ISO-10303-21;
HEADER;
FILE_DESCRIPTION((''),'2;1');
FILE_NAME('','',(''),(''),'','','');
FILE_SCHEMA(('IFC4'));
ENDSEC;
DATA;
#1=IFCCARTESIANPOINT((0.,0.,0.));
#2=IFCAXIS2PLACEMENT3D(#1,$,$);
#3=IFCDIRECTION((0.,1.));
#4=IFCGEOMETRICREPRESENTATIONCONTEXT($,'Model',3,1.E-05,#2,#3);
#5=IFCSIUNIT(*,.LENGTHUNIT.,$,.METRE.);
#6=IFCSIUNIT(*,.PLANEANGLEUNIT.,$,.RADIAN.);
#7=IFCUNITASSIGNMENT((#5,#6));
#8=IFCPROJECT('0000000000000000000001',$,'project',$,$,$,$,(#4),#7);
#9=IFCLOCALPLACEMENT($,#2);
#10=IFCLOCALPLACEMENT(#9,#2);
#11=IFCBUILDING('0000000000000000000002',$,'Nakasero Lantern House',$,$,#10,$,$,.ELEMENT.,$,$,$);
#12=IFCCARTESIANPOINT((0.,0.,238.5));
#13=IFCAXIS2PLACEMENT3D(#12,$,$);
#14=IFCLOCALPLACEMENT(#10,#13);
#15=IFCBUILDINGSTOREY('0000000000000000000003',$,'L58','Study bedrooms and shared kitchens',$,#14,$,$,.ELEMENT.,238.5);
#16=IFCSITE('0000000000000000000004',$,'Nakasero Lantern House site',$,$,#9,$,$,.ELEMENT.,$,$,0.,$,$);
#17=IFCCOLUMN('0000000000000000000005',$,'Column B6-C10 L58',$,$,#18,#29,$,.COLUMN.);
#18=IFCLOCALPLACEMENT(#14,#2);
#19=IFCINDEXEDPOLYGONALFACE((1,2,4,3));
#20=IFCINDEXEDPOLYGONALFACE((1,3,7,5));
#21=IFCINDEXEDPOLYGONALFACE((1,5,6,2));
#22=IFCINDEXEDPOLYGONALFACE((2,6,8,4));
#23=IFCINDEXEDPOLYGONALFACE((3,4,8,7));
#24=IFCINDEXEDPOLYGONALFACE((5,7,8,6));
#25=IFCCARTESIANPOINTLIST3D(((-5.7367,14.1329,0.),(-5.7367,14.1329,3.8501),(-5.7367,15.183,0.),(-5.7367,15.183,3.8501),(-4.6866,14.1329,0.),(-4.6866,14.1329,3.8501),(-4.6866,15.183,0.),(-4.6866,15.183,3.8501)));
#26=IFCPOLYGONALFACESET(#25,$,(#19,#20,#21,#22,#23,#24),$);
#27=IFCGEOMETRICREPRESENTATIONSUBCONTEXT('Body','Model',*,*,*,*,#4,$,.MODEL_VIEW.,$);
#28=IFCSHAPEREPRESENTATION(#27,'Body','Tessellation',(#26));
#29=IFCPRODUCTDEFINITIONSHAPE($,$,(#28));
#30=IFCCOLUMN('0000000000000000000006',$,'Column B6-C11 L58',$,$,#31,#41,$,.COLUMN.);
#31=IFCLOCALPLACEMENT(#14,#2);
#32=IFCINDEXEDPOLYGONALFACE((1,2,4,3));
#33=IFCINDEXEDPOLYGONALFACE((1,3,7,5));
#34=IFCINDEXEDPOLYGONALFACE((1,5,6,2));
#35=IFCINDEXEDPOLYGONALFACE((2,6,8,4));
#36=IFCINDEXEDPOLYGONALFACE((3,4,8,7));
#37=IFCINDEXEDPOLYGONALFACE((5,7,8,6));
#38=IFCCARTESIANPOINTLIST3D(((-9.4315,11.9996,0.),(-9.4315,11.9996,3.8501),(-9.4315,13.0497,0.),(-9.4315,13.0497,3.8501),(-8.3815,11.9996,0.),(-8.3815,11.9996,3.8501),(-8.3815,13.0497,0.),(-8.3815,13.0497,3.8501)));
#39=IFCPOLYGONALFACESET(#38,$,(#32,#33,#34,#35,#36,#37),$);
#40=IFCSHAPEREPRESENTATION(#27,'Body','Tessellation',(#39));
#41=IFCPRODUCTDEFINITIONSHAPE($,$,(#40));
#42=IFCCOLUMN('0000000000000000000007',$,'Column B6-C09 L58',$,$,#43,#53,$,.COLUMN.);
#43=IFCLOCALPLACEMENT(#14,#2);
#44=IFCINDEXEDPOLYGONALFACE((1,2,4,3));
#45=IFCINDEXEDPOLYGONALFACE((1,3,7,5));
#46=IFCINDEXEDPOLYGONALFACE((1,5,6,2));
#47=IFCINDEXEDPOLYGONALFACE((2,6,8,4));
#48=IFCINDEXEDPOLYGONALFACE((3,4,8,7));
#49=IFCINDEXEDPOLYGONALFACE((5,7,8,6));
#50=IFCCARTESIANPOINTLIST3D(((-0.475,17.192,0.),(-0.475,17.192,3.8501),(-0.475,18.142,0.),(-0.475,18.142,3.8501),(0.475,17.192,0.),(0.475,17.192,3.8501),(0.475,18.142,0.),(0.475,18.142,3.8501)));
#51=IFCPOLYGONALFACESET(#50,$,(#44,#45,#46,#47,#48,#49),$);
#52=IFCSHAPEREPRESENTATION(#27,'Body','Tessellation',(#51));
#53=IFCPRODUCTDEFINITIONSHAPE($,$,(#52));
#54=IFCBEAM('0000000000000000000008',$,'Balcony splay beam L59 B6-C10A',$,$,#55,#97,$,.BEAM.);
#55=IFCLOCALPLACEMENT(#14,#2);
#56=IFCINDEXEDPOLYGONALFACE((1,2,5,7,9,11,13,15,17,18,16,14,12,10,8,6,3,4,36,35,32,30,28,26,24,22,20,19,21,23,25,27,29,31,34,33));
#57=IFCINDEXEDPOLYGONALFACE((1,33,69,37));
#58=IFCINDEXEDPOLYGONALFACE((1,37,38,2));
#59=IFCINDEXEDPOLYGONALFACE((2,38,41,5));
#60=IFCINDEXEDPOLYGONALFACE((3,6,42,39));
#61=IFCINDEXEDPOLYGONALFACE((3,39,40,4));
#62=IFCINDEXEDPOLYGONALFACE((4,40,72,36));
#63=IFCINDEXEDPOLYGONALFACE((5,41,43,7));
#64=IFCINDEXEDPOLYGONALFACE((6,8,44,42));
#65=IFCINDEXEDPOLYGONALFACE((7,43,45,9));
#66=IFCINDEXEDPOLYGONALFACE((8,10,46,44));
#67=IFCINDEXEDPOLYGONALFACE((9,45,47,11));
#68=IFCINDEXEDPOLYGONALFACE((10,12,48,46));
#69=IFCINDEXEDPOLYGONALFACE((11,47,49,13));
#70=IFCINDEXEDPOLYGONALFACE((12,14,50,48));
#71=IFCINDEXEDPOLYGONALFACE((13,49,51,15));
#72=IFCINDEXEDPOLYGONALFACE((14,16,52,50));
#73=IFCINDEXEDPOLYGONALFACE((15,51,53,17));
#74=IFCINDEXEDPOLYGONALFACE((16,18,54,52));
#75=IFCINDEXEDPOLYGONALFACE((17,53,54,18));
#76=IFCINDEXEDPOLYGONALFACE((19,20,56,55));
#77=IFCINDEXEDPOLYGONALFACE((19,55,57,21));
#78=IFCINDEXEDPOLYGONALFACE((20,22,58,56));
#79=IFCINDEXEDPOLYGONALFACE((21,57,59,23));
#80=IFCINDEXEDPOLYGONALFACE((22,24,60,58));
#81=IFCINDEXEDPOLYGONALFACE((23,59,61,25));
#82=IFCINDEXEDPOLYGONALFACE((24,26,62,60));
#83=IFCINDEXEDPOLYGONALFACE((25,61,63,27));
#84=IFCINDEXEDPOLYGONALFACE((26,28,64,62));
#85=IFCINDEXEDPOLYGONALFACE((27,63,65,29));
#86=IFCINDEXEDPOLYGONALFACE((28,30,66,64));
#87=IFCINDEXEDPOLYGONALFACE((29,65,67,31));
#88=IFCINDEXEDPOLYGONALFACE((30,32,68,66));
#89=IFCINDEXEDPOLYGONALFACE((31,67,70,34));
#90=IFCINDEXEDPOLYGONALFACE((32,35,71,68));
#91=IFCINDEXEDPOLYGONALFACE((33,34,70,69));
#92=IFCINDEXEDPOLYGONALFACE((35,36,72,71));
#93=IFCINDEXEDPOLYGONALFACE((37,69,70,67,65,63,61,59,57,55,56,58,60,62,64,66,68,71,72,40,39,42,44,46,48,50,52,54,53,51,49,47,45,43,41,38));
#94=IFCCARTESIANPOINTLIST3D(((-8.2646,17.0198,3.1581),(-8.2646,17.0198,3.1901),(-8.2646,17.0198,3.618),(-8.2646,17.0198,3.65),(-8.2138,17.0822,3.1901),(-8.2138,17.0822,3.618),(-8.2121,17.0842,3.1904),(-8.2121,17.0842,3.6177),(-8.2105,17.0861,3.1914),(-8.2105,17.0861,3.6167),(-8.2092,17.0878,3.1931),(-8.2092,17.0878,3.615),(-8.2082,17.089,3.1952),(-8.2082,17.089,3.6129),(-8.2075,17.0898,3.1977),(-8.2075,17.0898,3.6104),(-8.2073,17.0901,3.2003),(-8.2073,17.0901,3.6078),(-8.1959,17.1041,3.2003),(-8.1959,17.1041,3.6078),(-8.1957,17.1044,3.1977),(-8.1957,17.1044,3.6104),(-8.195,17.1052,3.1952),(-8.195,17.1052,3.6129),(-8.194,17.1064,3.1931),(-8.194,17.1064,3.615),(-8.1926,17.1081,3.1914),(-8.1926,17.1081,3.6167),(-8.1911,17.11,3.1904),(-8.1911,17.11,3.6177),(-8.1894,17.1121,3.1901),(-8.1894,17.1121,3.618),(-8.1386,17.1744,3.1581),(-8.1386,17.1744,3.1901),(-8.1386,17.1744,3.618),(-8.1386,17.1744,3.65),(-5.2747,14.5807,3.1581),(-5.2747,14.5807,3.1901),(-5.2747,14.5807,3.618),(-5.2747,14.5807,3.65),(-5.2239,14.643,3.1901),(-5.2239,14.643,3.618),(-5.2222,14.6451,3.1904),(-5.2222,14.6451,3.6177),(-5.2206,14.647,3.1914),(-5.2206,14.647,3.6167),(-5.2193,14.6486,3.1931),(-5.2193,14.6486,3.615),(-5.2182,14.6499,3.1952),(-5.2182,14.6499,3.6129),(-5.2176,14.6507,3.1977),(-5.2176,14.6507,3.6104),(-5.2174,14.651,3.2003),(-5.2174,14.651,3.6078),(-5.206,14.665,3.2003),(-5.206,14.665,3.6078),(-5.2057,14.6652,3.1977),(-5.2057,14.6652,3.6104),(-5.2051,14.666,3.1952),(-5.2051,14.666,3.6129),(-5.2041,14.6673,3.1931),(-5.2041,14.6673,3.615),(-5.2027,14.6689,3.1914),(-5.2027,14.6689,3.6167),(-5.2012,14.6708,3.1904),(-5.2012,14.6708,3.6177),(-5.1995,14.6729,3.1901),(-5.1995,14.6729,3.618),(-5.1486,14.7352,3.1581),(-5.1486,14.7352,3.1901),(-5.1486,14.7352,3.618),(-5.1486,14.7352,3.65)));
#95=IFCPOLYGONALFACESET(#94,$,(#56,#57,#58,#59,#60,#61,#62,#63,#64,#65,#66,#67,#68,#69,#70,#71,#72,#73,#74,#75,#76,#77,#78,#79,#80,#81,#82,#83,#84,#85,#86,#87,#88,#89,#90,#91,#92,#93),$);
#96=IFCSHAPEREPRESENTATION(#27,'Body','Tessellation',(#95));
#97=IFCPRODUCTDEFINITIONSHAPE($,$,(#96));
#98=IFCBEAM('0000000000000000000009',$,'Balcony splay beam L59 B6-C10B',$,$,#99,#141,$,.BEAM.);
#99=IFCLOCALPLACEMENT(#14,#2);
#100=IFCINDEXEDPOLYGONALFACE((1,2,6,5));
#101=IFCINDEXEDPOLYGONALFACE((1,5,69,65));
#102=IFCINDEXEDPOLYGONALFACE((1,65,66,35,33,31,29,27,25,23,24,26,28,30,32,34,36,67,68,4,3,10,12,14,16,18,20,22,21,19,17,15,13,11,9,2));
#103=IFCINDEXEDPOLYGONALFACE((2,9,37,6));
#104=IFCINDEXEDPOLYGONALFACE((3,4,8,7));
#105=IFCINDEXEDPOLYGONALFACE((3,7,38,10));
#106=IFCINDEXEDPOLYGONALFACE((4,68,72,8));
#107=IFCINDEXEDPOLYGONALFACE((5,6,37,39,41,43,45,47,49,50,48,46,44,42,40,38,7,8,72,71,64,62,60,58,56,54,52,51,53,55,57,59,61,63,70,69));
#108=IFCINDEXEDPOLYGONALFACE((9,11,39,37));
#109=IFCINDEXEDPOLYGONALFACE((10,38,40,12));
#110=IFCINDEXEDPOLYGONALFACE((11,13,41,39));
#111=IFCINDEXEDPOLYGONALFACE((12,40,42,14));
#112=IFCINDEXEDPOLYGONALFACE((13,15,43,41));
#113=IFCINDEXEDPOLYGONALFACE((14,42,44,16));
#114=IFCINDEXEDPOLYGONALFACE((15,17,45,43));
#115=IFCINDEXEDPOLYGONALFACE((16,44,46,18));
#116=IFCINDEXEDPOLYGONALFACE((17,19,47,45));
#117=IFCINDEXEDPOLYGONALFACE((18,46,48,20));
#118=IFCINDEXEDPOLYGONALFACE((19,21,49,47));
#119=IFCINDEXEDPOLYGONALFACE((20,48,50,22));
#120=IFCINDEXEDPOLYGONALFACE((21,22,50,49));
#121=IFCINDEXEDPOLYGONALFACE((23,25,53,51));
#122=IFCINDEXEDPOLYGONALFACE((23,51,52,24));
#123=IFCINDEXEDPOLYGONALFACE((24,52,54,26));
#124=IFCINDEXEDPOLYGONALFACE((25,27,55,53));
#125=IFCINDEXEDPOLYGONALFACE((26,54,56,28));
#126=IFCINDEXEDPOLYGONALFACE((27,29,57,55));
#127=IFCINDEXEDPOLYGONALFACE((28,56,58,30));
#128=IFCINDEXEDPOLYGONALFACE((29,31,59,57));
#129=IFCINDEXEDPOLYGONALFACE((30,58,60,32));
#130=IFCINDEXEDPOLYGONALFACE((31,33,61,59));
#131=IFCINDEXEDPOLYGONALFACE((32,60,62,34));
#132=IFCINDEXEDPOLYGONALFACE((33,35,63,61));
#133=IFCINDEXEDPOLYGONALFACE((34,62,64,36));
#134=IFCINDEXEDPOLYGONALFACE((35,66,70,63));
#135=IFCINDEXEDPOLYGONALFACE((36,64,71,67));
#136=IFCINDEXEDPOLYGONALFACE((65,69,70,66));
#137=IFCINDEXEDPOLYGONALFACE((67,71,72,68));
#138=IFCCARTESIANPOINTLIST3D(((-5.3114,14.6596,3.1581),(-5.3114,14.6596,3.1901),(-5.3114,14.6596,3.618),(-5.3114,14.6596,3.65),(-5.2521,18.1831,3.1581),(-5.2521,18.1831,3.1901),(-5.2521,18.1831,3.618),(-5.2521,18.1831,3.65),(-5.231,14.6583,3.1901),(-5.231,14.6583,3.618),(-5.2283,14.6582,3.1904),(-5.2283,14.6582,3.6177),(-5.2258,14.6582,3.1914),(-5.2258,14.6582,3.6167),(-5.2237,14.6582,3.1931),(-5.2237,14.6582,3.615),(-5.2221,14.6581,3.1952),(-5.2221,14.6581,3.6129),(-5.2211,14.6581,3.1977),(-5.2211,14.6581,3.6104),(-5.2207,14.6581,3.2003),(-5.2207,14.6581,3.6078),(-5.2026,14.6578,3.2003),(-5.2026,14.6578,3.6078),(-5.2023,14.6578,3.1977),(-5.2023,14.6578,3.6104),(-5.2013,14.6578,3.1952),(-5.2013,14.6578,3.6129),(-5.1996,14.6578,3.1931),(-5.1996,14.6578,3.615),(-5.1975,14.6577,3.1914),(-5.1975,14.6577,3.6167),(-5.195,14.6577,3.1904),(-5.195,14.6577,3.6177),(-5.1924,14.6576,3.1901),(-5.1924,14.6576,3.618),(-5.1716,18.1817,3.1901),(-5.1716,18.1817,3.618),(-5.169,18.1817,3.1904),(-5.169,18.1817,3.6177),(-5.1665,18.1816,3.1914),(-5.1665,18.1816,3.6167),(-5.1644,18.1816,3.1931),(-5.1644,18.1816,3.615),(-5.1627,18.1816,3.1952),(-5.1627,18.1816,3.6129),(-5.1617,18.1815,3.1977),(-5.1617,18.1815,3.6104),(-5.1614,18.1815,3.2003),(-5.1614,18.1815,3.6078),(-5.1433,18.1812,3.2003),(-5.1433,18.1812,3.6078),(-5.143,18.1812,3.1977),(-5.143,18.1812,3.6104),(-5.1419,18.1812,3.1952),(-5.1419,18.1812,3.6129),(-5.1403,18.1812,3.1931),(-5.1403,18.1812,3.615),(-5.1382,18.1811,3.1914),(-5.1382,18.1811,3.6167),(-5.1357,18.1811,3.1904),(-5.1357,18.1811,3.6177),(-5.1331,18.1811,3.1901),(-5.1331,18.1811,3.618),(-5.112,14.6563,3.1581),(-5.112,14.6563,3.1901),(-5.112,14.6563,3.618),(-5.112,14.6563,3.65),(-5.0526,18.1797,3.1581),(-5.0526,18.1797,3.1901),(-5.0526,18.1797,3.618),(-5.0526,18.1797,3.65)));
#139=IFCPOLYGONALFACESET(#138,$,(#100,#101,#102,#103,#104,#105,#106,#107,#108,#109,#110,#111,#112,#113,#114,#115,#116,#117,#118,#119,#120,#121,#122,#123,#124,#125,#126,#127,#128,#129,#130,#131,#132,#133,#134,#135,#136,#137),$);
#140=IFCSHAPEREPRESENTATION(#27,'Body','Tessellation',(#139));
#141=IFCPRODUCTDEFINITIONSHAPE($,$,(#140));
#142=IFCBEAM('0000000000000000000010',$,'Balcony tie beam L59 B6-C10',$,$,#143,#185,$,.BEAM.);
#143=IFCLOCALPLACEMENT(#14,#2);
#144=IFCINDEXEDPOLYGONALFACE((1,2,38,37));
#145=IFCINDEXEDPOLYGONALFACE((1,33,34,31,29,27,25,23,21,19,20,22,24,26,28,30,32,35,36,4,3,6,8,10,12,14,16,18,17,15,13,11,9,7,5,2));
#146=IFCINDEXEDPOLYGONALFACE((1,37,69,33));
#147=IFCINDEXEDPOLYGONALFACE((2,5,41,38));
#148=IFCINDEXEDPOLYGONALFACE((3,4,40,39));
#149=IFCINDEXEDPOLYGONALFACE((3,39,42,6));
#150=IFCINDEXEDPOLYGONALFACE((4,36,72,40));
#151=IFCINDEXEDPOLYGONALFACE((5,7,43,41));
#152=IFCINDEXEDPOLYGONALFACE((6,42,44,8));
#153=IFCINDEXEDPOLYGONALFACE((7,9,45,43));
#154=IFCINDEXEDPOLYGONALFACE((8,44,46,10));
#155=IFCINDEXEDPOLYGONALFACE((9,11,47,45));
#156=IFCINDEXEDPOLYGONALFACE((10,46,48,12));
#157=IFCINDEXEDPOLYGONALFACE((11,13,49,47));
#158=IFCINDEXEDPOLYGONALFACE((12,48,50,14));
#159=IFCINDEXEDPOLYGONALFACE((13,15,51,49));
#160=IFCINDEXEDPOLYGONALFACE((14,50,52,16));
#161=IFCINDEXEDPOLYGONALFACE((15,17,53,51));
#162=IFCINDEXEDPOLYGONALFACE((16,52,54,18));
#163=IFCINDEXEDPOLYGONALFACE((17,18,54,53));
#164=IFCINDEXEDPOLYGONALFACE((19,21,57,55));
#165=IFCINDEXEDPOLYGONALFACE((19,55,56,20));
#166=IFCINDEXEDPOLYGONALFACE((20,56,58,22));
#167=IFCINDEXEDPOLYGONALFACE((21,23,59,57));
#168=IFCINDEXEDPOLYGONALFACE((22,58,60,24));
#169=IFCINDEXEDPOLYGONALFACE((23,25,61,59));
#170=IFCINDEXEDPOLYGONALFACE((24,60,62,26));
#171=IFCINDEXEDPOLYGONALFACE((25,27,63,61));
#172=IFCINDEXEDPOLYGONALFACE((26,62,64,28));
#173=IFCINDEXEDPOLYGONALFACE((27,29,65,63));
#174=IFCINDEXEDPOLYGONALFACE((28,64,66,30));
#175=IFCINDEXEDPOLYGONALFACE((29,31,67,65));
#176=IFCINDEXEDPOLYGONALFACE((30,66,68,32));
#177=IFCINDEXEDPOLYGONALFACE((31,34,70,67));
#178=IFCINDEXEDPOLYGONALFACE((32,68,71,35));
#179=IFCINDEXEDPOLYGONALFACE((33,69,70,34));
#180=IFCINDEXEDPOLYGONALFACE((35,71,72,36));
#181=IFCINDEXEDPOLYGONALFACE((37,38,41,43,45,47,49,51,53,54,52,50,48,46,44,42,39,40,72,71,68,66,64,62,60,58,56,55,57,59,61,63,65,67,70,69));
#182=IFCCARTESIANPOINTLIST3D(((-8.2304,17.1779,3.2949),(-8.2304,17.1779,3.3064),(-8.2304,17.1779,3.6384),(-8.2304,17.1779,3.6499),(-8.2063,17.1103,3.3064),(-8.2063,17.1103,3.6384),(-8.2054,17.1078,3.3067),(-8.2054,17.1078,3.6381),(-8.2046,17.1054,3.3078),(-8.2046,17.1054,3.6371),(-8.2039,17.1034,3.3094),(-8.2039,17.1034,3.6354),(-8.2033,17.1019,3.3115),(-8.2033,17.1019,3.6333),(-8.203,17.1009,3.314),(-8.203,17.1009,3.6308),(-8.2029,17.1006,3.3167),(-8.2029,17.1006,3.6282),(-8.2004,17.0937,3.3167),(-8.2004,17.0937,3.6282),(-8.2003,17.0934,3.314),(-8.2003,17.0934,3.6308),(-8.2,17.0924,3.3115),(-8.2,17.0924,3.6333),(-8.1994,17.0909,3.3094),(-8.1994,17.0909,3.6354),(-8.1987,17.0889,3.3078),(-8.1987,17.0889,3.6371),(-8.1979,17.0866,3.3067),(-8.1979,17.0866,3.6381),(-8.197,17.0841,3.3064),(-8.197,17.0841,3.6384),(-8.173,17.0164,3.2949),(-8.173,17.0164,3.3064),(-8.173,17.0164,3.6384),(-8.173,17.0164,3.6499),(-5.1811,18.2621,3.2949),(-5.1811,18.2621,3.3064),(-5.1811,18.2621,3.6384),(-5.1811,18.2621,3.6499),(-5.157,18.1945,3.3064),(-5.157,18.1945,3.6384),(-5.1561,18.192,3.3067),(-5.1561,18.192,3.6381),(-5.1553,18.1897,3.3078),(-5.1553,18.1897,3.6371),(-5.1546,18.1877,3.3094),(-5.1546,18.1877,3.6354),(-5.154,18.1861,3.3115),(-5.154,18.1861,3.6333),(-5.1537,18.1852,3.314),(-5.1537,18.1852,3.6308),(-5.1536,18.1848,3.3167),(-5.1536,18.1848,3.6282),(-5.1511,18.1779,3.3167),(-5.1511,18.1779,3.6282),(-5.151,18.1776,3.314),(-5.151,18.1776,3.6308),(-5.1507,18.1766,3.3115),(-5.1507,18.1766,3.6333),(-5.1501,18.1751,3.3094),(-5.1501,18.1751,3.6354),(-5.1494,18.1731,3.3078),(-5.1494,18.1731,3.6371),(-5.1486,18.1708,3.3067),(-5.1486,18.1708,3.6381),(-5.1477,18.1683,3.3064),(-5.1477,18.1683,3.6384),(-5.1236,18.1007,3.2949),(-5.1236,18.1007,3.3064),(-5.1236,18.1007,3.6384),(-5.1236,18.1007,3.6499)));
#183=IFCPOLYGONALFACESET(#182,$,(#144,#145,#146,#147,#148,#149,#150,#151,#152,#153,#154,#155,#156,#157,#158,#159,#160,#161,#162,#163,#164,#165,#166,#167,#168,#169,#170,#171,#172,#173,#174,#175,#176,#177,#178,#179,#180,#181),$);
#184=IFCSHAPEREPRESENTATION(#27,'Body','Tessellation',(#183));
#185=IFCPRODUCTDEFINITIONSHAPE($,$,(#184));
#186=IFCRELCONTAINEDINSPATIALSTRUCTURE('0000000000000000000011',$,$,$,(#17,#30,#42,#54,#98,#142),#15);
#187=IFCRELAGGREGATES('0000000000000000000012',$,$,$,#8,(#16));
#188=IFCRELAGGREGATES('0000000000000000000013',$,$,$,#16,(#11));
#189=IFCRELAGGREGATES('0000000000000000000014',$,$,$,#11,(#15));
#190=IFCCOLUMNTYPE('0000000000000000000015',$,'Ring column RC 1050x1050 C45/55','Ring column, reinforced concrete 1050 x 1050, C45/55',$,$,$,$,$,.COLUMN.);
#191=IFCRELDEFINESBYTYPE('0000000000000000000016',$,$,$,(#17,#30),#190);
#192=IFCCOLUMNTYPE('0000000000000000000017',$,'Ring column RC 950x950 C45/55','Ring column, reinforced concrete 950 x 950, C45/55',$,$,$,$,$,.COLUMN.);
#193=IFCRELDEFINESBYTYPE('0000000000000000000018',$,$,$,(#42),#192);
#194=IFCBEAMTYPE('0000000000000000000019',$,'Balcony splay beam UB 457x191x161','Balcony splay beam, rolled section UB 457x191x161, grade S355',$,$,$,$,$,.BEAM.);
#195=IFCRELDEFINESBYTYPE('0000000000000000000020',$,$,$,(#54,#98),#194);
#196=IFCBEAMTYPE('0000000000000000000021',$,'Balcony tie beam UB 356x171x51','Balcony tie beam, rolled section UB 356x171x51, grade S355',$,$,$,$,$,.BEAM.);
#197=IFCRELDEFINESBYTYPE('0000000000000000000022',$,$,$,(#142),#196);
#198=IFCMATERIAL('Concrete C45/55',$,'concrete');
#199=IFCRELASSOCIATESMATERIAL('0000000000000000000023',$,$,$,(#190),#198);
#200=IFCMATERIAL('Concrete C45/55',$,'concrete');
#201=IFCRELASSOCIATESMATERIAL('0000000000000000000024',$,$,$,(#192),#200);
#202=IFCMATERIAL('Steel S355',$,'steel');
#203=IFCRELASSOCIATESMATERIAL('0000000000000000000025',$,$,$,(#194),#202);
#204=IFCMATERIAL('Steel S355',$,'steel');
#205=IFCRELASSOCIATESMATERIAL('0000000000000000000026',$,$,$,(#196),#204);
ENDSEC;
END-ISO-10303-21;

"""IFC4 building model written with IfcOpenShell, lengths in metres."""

from ifc_helpers import new_model, si_unit, direction, frame, origin, origin_2d, place, context, subcontext, project, spatial, rectangle, i_section, extrude, material, material_profile, profile_set, type_object, element, save


model = new_model("IFC4")

# Units and contexts
model_context = context("Model", 3, precision=1e-05, world=origin(), true_north=direction((0.0, 1.0)))
body_context = subcontext(model_context, "Body", "Model", "MODEL_VIEW")
ifc_project = project(units=[si_unit("LENGTHUNIT", "METRE"), si_unit("PLANEANGLEUNIT", "RADIAN")], contexts=[model_context])

# Site, building, storey
site_placement = place(None, origin())
site = spatial("IfcSite", under=ifc_project, at=site_placement, Name="Nakasero Lantern House site", CompositionType="ELEMENT", RefElevation=0.0)
building_placement = place(site_placement, origin())
building = spatial("IfcBuilding", under=site, at=building_placement, Name="Nakasero Lantern House", CompositionType="ELEMENT")
storey_placement = place(building_placement, frame((0.0, 0.0, 238.5)))
storey = spatial("IfcBuildingStorey", under=building, at=storey_placement, Name="L58", Description="Study bedrooms and shared kitchens", CompositionType="ELEMENT", Elevation=238.5)

# Columns
ifc_material_1 = material(Name="Concrete C45/55", Category="concrete")
ifc_material_profile_1 = material_profile(ifc_material_1, rectangle(XDim=1.05, YDim=1.05, at=origin_2d()), Name="RC 1050x1050")
ifc_profile_set_1 = profile_set([ifc_material_profile_1], Name="Concrete C45/55")
column_type_1 = type_object("IfcColumnType", Name="Ring column RC 1050x1050 C45/55", Description="Ring column, reinforced concrete 1050 x 1050, C45/55", PredefinedType="COLUMN", material=ifc_profile_set_1)
for number, where, z_axis, x_axis, name in (
    (1, (-5.2117, 14.658, 0.0), (0.0, 0.0, 1.0), (1.0, 0.0, 0.0), "Column B6-C10 L58"),
    (2, (-8.9065, 12.5247, 0.0), (0.0, 0.0, 1.0), (1.0, 0.0, 0.0), "Column B6-C11 L58"),
):
    element("IfcColumn", number, at=place(storey_placement, frame(where, z_axis=z_axis, x_axis=x_axis)), inside=storey, type_object=column_type_1, Name=name, PredefinedType="COLUMN", context=body_context, shape_type="SweptSolid", body=[
        extrude(rectangle(XDim=1.05, YDim=1.05, at=origin_2d()), origin(), (0.0, 0.0, 1.0), 3.8501),
    ])
ifc_material_2 = material(Name="Concrete C45/55", Category="concrete")
ifc_material_profile_2 = material_profile(ifc_material_2, rectangle(XDim=0.95, YDim=0.95, at=origin_2d()), Name="RC 950x950")
ifc_profile_set_2 = profile_set([ifc_material_profile_2], Name="Concrete C45/55")
column_type_2 = type_object("IfcColumnType", Name="Ring column RC 950x950 C45/55", Description="Ring column, reinforced concrete 950 x 950, C45/55", PredefinedType="COLUMN", material=ifc_profile_set_2)
column_placement = place(storey_placement, frame((0.0, 17.667, 0.0), z_axis=(0.0, 0.0, 1.0), x_axis=(1.0, 0.0, 0.0)))
element("IfcColumn", 3, at=column_placement, inside=storey, type_object=column_type_2, Name="Column B6-C09 L58", PredefinedType="COLUMN", context=body_context, shape_type="SweptSolid", body=[
    extrude(rectangle(XDim=0.95, YDim=0.95, at=origin_2d()), origin(), (0.0, 0.0, 1.0), 3.8501),
])

# Beams
ifc_material_3 = material(Name="Steel S355", Category="steel")
ifc_material_profile_3 = material_profile(ifc_material_3, i_section(OverallWidth=0.1995, OverallDepth=0.4919, WebThickness=0.0181, FlangeThickness=0.032, FilletRadius=0.0103, at=origin_2d()), Name="UB 457x191x161")
ifc_profile_set_3 = profile_set([ifc_material_profile_3], Name="Steel S355")
beam_type_1 = type_object("IfcBeamType", Name="Balcony splay beam UB 457x191x161", Description="Balcony splay beam, rolled section UB 457x191x161, grade S355", PredefinedType="BEAM", material=ifc_profile_set_3)
beam_1_placement = place(storey_placement, frame((-5.2117, 14.658, 3.4041), z_axis=(-0.774864, 0.632128, 0.0), x_axis=(-0.632128, -0.774864, 0.0)))
element("IfcBeam", 4, at=beam_1_placement, inside=storey, type_object=beam_type_1, Name="Balcony splay beam L59 B6-C10A", PredefinedType="BEAM", context=body_context, shape_type="SweptSolid", body=[
    extrude(i_section(OverallWidth=0.1995, OverallDepth=0.4919, WebThickness=0.0181, FlangeThickness=0.032, FilletRadius=0.0103, at=origin_2d()), origin(), (0.0, 0.0, 1.0), 3.8586),
])
beam_2_placement = place(storey_placement, frame((-5.2117, 14.658, 3.4041), z_axis=(0.016835, 0.999858, 0.0), x_axis=(-0.999858, 0.016835, 0.0)))
element("IfcBeam", 5, at=beam_2_placement, inside=storey, type_object=beam_type_1, Name="Balcony splay beam L59 B6-C10B", PredefinedType="BEAM", context=body_context, shape_type="SweptSolid", body=[
    extrude(i_section(OverallWidth=0.1995, OverallDepth=0.4919, WebThickness=0.0181, FlangeThickness=0.032, FilletRadius=0.0103, at=origin_2d()), origin(), (0.0, 0.0, 1.0), 3.5239),
])
ifc_material_4 = material(Name="Steel S355", Category="steel")
ifc_material_profile_4 = material_profile(ifc_material_4, i_section(OverallWidth=0.1714, OverallDepth=0.355, WebThickness=0.0073, FlangeThickness=0.0115, FilletRadius=0.0103, at=origin_2d()), Name="UB 356x171x51")
ifc_profile_set_4 = profile_set([ifc_material_profile_4], Name="Steel S355")
beam_type_2 = type_object("IfcBeamType", Name="Balcony tie beam UB 356x171x51", Description="Balcony tie beam, rolled section UB 356x171x51, grade S355", PredefinedType="BEAM", material=ifc_profile_set_4)
beam_3_placement = place(storey_placement, frame((-8.2017, 17.0972, 3.4724), z_axis=(0.942212, 0.335017, 0.0), x_axis=(-0.335017, 0.942212, 0.0)))
element("IfcBeam", 6, at=beam_3_placement, inside=storey, type_object=beam_type_2, Name="Balcony tie beam L59 B6-C10", PredefinedType="BEAM", context=body_context, shape_type="SweptSolid", body=[
    extrude(i_section(OverallWidth=0.1714, OverallDepth=0.355, WebThickness=0.0073, FlangeThickness=0.0115, FilletRadius=0.0103, at=origin_2d()), origin(), (0.0, 0.0, 1.0), 3.2363),
])

save(model, "model.ifc")
